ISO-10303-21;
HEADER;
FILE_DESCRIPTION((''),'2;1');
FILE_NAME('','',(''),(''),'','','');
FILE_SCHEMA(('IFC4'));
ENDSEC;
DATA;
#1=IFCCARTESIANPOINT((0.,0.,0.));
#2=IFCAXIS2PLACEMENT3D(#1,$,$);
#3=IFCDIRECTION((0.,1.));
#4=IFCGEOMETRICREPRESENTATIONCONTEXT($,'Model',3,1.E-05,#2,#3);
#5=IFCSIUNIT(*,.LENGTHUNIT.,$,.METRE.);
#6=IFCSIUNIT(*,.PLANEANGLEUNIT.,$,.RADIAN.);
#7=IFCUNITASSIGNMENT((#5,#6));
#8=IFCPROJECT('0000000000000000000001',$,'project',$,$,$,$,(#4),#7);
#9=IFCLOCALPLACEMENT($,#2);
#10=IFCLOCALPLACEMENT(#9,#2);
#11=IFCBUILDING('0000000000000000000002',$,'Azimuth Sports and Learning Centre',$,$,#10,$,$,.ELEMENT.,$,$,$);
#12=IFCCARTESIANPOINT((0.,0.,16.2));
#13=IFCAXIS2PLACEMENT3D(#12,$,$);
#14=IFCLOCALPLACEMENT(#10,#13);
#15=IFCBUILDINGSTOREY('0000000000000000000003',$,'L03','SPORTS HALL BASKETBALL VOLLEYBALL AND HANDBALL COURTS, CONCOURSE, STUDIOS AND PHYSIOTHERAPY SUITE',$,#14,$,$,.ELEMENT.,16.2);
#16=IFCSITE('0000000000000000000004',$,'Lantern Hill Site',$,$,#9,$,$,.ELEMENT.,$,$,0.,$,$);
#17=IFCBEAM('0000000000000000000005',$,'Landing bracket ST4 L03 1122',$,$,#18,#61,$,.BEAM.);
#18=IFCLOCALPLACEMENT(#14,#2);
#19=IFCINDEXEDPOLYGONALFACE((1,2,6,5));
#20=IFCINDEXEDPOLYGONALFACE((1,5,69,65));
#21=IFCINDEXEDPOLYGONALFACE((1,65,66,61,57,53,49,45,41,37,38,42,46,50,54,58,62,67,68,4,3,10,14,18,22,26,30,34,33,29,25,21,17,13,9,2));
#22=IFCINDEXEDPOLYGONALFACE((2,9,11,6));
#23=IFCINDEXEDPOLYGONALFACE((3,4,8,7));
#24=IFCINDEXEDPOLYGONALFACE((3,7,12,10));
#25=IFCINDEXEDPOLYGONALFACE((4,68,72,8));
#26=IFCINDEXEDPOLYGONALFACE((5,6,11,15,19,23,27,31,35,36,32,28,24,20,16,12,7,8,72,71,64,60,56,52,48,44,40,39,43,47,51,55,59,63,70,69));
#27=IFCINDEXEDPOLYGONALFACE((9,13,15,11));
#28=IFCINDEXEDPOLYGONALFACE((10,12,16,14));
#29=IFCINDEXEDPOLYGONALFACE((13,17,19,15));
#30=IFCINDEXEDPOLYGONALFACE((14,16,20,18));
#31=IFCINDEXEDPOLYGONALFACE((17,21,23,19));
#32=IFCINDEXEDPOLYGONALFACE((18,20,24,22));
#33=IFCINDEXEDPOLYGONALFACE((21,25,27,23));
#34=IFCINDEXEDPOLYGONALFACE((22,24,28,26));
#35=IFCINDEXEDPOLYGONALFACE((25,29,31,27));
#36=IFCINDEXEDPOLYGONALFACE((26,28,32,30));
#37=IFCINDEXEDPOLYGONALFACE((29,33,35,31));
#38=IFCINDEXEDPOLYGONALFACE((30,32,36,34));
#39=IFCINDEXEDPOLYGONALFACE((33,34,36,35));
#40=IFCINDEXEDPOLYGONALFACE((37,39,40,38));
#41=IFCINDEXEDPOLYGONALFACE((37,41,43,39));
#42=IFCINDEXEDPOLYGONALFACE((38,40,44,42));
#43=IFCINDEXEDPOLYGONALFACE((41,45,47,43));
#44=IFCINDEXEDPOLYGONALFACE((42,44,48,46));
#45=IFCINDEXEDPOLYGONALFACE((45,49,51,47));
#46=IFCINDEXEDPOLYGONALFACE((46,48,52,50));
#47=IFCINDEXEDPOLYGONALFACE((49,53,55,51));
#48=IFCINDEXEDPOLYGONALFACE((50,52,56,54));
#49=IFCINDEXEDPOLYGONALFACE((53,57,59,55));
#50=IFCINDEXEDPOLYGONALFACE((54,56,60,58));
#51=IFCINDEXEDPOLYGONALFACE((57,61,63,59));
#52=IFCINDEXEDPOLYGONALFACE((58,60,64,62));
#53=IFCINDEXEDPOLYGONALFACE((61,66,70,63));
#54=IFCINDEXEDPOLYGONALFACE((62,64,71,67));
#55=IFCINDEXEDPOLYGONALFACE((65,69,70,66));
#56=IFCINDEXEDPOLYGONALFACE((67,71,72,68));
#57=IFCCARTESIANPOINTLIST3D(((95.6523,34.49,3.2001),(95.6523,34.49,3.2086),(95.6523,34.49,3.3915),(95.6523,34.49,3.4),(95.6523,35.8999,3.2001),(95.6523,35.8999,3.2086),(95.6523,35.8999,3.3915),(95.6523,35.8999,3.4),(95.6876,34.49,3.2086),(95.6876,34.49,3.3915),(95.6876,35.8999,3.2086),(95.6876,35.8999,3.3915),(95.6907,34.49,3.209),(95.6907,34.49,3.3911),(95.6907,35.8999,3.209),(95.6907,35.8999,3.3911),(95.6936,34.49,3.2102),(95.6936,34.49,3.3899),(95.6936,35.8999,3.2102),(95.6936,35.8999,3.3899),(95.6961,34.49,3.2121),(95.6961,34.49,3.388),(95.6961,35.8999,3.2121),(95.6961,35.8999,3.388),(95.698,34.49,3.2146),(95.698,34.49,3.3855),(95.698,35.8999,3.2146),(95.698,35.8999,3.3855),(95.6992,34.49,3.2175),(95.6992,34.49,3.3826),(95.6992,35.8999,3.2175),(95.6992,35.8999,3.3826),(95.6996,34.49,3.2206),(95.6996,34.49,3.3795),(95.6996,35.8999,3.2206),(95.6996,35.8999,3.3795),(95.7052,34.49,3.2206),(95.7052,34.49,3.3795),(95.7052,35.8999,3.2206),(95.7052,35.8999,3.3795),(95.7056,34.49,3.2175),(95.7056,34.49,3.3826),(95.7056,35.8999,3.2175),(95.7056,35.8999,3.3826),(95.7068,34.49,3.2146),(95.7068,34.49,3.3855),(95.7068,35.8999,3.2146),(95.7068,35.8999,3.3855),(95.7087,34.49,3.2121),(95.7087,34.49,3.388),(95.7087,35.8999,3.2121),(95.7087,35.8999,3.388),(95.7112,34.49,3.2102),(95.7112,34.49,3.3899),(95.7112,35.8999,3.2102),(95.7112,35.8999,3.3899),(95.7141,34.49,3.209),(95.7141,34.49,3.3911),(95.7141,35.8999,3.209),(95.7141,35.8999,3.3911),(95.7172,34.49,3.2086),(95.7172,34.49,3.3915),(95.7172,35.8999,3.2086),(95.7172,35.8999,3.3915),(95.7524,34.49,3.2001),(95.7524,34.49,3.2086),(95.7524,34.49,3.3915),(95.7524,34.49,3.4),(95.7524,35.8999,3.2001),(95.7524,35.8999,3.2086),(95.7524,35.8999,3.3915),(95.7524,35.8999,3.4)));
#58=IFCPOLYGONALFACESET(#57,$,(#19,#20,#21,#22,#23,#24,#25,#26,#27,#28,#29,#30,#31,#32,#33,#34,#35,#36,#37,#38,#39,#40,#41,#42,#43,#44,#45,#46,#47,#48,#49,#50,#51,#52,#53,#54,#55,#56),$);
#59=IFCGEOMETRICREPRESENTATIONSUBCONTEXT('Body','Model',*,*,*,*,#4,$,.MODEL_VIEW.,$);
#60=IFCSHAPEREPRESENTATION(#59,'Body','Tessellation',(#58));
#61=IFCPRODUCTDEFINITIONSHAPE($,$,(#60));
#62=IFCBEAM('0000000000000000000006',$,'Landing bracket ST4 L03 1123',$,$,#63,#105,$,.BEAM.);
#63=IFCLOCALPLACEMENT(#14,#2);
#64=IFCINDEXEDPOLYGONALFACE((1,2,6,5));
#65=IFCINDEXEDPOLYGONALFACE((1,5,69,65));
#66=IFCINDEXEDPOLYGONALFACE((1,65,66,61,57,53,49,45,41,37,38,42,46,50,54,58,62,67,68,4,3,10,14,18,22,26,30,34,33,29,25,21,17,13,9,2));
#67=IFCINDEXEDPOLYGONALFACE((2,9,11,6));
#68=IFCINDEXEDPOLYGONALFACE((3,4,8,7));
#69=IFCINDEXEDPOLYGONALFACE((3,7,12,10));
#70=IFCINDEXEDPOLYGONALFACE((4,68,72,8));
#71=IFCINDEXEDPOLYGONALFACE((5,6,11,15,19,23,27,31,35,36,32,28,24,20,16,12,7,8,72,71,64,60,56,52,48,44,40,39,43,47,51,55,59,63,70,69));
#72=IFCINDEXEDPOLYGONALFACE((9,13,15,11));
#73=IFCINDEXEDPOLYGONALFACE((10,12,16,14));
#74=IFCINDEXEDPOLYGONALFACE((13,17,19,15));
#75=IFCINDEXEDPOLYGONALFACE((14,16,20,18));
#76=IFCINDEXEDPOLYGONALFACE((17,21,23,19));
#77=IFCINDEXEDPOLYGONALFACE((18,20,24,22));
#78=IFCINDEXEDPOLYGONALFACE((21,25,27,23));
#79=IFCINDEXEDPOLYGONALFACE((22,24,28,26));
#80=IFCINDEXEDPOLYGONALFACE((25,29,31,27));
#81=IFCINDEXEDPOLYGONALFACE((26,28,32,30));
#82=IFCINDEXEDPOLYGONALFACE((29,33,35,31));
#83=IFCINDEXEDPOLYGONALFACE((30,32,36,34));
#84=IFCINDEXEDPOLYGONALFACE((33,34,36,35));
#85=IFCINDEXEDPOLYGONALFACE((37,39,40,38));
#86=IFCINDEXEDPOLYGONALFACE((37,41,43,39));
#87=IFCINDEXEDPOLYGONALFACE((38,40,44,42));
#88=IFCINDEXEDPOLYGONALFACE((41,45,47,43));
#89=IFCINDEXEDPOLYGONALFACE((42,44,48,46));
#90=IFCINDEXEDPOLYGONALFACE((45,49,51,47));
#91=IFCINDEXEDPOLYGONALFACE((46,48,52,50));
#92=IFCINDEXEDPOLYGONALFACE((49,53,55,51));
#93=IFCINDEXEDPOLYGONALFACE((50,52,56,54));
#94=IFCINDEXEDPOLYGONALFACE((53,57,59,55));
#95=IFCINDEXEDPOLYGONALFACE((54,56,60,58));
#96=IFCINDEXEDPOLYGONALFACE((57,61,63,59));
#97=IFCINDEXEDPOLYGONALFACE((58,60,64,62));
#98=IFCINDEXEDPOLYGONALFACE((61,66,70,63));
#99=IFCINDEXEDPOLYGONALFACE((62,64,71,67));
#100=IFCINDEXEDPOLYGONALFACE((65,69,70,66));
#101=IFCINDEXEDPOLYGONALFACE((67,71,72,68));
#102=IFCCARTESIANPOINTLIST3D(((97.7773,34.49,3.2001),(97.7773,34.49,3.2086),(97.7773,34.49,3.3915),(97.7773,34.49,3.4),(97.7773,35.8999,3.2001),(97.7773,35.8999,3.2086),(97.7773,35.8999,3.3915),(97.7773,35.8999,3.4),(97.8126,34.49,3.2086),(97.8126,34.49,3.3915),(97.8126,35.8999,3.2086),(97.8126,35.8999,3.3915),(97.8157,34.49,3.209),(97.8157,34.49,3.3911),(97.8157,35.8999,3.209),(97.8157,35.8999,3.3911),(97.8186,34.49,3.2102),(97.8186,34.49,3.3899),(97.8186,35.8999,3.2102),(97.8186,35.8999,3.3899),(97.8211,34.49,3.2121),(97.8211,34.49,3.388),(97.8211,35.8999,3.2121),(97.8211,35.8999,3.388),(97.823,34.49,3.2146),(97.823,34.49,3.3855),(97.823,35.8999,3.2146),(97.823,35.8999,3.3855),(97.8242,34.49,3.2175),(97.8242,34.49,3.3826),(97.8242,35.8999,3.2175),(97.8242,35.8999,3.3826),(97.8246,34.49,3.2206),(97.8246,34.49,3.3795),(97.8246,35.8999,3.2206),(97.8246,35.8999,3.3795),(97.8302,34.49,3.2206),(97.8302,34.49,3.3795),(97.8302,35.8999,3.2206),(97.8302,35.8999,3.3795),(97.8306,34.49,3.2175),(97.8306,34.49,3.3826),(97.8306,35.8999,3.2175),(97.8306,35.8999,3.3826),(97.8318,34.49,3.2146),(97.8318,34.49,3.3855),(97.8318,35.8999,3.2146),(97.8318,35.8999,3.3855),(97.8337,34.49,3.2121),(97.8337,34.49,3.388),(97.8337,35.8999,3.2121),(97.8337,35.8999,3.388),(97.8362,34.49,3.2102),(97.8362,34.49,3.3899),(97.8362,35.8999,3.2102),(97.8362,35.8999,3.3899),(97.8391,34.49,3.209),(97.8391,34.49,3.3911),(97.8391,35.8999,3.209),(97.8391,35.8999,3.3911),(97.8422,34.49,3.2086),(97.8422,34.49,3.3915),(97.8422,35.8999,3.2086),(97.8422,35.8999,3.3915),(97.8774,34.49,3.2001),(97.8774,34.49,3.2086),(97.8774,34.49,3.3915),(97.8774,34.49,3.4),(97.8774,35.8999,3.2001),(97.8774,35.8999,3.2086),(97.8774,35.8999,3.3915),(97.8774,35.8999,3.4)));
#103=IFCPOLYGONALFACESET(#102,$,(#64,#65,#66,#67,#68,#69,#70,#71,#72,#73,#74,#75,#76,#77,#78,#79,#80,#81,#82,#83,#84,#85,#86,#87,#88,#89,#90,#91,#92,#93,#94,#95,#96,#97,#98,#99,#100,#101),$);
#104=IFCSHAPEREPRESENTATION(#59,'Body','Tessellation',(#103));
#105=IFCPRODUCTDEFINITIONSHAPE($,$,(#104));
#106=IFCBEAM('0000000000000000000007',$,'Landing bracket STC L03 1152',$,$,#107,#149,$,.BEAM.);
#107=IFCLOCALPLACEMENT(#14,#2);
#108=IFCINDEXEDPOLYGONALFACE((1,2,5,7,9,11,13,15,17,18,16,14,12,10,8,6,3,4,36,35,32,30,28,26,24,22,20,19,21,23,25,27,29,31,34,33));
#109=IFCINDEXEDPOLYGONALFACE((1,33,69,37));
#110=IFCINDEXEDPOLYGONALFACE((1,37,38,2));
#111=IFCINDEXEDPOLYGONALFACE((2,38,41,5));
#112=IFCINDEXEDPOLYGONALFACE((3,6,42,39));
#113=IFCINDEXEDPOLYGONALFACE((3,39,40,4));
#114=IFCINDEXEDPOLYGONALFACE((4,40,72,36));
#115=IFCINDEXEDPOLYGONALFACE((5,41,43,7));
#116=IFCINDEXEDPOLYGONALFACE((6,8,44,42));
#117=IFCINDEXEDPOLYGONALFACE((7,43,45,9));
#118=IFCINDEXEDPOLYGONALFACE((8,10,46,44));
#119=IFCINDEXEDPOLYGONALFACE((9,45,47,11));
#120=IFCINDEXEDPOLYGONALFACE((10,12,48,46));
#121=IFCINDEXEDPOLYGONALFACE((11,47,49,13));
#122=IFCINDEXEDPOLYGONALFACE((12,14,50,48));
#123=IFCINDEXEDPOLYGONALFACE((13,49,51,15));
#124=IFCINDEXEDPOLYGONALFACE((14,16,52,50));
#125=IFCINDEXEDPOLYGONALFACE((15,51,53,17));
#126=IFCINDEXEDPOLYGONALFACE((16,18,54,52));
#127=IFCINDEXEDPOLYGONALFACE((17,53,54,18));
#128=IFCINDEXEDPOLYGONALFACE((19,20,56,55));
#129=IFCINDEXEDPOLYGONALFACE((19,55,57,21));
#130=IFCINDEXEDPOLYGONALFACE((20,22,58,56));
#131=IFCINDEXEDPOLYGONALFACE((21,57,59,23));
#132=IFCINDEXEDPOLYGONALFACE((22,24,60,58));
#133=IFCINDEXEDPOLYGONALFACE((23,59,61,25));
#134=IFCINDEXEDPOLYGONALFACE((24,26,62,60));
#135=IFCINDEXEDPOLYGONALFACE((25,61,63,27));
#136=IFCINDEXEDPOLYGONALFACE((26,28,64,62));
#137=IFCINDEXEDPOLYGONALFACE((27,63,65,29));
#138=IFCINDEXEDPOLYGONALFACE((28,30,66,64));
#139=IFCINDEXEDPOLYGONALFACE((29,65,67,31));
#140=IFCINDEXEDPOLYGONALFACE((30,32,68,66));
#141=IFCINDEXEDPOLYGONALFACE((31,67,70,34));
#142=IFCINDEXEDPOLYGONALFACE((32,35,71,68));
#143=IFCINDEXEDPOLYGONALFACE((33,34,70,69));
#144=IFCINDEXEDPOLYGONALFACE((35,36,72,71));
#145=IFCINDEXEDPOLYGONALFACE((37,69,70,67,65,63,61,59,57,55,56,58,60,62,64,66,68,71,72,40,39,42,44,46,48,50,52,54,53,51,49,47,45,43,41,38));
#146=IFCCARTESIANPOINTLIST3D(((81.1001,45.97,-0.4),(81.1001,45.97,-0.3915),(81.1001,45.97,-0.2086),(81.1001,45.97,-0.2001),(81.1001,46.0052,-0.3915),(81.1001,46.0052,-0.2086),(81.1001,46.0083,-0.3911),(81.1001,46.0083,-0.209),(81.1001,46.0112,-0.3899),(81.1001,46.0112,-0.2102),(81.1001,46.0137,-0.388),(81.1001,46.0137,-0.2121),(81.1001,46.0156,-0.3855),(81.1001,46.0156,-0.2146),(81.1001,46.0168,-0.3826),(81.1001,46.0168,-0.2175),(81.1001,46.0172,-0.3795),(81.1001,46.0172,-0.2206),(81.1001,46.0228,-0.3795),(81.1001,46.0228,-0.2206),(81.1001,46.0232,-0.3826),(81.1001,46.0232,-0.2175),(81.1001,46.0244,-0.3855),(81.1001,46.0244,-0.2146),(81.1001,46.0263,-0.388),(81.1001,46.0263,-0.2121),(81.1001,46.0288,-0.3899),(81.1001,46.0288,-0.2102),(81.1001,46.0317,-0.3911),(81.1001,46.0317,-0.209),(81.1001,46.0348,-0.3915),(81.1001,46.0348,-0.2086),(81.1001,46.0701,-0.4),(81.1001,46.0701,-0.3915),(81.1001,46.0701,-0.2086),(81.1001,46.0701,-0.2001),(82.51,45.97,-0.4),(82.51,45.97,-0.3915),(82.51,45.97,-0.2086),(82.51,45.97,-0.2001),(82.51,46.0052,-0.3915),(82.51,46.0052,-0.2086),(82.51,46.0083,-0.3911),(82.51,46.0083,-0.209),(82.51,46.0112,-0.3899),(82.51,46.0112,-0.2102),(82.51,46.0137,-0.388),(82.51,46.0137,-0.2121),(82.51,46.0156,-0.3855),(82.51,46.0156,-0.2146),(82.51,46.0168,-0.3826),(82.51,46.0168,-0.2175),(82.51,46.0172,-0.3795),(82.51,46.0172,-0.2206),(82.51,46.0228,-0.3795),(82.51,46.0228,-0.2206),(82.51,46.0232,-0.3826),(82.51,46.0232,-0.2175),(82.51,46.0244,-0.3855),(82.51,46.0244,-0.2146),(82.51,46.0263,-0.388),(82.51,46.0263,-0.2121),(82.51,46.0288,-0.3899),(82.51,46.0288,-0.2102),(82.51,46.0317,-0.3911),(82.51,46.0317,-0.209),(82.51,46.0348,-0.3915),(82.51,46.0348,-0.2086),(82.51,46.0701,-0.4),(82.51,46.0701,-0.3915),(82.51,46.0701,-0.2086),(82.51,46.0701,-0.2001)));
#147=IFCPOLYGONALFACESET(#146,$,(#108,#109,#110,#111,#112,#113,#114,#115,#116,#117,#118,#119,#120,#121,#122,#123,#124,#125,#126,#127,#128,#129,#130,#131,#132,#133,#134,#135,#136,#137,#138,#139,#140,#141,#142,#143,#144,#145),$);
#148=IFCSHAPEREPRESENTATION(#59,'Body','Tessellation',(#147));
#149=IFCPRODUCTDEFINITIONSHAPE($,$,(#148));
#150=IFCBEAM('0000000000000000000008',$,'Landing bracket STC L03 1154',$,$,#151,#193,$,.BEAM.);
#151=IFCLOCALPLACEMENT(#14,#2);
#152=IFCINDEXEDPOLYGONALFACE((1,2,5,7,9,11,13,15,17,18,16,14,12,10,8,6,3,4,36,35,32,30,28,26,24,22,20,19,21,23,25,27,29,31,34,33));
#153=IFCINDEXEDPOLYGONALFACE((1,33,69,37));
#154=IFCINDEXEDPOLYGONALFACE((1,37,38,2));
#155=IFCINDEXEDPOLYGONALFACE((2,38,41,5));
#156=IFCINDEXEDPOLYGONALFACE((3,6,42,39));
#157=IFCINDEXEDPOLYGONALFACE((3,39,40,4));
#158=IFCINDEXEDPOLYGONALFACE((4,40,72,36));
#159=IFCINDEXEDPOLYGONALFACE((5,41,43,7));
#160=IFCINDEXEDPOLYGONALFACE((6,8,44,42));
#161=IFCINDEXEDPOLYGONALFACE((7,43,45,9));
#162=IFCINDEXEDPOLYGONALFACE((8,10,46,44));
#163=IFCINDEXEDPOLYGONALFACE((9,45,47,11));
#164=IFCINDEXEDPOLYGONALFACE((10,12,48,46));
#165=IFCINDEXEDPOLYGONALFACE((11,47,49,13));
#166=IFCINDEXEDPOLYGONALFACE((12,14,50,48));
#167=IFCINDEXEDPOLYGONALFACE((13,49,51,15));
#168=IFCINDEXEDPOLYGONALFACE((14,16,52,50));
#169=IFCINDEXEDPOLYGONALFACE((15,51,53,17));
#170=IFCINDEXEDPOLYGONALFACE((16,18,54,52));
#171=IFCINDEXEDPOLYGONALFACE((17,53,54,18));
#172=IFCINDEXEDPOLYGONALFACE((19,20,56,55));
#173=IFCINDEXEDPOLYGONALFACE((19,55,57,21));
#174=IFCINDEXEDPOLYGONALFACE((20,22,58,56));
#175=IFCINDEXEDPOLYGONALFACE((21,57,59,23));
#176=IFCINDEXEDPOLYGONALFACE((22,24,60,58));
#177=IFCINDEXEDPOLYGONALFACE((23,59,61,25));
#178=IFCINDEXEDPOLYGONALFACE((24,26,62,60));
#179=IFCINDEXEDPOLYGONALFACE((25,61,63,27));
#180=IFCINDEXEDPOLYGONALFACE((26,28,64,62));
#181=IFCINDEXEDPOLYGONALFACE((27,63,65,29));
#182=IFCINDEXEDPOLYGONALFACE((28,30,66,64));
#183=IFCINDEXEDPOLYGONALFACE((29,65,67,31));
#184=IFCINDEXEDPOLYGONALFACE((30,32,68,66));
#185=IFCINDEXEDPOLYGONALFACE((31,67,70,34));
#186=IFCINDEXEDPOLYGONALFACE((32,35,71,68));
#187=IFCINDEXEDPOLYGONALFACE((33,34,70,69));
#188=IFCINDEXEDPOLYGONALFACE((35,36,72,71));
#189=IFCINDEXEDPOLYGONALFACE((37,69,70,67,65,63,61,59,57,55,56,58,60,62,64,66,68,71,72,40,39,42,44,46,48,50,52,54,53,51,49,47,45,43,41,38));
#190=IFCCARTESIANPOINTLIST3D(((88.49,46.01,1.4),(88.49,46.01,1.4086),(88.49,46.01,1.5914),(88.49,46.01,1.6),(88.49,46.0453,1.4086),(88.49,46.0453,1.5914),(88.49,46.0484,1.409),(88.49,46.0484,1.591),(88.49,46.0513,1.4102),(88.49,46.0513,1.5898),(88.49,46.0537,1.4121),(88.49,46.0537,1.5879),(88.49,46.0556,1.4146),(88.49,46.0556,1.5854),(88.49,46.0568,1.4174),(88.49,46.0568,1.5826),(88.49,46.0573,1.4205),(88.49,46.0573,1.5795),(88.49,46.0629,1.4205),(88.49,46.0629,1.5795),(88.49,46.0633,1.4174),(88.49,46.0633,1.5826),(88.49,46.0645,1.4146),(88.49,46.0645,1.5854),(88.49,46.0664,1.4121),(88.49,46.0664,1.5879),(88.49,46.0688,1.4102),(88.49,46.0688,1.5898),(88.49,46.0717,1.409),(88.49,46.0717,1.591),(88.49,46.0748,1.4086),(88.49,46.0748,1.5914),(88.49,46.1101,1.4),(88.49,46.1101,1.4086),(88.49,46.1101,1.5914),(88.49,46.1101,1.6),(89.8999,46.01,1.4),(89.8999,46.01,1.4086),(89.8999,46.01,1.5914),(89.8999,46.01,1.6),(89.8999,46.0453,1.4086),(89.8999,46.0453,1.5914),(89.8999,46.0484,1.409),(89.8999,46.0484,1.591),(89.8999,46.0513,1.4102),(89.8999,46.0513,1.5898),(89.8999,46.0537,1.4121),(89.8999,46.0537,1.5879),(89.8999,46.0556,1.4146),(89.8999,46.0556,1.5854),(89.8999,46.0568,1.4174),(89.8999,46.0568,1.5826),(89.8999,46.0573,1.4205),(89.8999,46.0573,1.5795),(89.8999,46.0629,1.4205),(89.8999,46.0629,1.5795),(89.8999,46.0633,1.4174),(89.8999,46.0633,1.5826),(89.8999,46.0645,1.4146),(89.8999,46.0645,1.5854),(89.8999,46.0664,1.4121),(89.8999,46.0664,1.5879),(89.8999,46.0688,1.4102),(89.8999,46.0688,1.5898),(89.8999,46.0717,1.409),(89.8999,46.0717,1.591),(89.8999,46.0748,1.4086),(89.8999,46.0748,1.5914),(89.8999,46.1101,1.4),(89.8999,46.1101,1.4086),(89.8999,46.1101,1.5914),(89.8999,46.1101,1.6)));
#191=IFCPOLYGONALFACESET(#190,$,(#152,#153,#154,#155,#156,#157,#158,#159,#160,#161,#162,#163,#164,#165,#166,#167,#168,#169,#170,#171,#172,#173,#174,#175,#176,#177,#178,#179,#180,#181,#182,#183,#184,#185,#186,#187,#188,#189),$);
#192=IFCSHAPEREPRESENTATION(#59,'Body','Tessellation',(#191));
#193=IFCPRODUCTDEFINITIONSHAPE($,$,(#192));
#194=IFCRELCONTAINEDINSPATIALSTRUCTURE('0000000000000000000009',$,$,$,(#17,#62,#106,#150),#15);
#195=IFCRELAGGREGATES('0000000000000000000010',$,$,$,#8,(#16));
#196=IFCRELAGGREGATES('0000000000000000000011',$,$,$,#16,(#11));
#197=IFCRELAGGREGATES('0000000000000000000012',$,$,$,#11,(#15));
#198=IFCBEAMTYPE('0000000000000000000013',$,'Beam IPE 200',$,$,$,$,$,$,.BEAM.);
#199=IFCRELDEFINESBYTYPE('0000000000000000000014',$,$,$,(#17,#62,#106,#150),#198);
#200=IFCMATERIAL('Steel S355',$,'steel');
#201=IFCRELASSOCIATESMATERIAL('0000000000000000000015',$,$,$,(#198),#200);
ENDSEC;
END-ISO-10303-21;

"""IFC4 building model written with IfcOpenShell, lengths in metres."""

from ifc_helpers import new_model, si_unit, direction, frame, origin, origin_2d, place, context, subcontext, project, spatial, i_section, extrude, material, material_profile, profile_set, type_object, element, save


model = new_model("IFC4")

# Units and contexts
model_context = context("Model", 3, precision=1e-05, world=origin(), true_north=direction((0.0, 1.0)))
body_context = subcontext(model_context, "Body", "Model", "MODEL_VIEW")
ifc_project = project(units=[si_unit("LENGTHUNIT", "METRE"), si_unit("PLANEANGLEUNIT", "RADIAN")], contexts=[model_context])

# Site, building, storey
site_placement = place(None, origin())
site = spatial("IfcSite", under=ifc_project, at=site_placement, Name="Lantern Hill Site", CompositionType="ELEMENT", RefElevation=0.0)
building_placement = place(site_placement, origin())
building = spatial("IfcBuilding", under=site, at=building_placement, Name="Azimuth Sports and Learning Centre", CompositionType="ELEMENT")
storey_placement = place(building_placement, frame((0.0, 0.0, 16.2)))
storey = spatial("IfcBuildingStorey", under=building, at=storey_placement, Name="L03", Description="SPORTS HALL BASKETBALL VOLLEYBALL AND HANDBALL COURTS, CONCOURSE, STUDIOS AND PHYSIOTHERAPY SUITE", CompositionType="ELEMENT", Elevation=16.2)

# Beams
ifc_material_1 = material(Name="Steel S355", Category="steel")
ifc_material_profile_1 = material_profile(ifc_material_1, i_section(OverallWidth=0.1001, OverallDepth=0.2, WebThickness=0.0056, FlangeThickness=0.0085, FilletRadius=0.012, at=origin_2d()), Name="IPE 200")
ifc_profile_set_1 = profile_set([ifc_material_profile_1], Name="Steel S355")
beam_type_1 = type_object("IfcBeamType", Name="Beam IPE 200", PredefinedType="BEAM", material=ifc_profile_set_1)
for number, where, z_axis, x_axis, name in (
    (1, (95.7024, 35.8999, 3.3), (0.0, -1.0, 0.0), (1.0, 0.0, 0.0), "Landing bracket ST4 L03 1122"),
    (2, (97.8274, 35.8999, 3.3), (0.0, -1.0, 0.0), (1.0, 0.0, 0.0), "Landing bracket ST4 L03 1123"),
    (3, (81.1001, 46.02, -0.3), (1.0, 0.0, 0.0), (0.0, 1.0, 0.0), "Landing bracket STC L03 1152"),
    (4, (89.8999, 46.0601, 1.5), (-1.0, 0.0, 0.0), (0.0, -1.0, 0.0), "Landing bracket STC L03 1154"),
):
    element("IfcBeam", number, at=place(storey_placement, frame(where, z_axis=z_axis, x_axis=x_axis)), inside=storey, type_object=beam_type_1, Name=name, PredefinedType="BEAM", context=body_context, shape_type="SweptSolid", body=[
        extrude(i_section(OverallWidth=0.1001, OverallDepth=0.2, WebThickness=0.0056, FlangeThickness=0.0085, FilletRadius=0.012, at=origin_2d()), origin(), (0.0, 0.0, 1.0), 1.4099),
    ])

save(model, "model.ifc")
